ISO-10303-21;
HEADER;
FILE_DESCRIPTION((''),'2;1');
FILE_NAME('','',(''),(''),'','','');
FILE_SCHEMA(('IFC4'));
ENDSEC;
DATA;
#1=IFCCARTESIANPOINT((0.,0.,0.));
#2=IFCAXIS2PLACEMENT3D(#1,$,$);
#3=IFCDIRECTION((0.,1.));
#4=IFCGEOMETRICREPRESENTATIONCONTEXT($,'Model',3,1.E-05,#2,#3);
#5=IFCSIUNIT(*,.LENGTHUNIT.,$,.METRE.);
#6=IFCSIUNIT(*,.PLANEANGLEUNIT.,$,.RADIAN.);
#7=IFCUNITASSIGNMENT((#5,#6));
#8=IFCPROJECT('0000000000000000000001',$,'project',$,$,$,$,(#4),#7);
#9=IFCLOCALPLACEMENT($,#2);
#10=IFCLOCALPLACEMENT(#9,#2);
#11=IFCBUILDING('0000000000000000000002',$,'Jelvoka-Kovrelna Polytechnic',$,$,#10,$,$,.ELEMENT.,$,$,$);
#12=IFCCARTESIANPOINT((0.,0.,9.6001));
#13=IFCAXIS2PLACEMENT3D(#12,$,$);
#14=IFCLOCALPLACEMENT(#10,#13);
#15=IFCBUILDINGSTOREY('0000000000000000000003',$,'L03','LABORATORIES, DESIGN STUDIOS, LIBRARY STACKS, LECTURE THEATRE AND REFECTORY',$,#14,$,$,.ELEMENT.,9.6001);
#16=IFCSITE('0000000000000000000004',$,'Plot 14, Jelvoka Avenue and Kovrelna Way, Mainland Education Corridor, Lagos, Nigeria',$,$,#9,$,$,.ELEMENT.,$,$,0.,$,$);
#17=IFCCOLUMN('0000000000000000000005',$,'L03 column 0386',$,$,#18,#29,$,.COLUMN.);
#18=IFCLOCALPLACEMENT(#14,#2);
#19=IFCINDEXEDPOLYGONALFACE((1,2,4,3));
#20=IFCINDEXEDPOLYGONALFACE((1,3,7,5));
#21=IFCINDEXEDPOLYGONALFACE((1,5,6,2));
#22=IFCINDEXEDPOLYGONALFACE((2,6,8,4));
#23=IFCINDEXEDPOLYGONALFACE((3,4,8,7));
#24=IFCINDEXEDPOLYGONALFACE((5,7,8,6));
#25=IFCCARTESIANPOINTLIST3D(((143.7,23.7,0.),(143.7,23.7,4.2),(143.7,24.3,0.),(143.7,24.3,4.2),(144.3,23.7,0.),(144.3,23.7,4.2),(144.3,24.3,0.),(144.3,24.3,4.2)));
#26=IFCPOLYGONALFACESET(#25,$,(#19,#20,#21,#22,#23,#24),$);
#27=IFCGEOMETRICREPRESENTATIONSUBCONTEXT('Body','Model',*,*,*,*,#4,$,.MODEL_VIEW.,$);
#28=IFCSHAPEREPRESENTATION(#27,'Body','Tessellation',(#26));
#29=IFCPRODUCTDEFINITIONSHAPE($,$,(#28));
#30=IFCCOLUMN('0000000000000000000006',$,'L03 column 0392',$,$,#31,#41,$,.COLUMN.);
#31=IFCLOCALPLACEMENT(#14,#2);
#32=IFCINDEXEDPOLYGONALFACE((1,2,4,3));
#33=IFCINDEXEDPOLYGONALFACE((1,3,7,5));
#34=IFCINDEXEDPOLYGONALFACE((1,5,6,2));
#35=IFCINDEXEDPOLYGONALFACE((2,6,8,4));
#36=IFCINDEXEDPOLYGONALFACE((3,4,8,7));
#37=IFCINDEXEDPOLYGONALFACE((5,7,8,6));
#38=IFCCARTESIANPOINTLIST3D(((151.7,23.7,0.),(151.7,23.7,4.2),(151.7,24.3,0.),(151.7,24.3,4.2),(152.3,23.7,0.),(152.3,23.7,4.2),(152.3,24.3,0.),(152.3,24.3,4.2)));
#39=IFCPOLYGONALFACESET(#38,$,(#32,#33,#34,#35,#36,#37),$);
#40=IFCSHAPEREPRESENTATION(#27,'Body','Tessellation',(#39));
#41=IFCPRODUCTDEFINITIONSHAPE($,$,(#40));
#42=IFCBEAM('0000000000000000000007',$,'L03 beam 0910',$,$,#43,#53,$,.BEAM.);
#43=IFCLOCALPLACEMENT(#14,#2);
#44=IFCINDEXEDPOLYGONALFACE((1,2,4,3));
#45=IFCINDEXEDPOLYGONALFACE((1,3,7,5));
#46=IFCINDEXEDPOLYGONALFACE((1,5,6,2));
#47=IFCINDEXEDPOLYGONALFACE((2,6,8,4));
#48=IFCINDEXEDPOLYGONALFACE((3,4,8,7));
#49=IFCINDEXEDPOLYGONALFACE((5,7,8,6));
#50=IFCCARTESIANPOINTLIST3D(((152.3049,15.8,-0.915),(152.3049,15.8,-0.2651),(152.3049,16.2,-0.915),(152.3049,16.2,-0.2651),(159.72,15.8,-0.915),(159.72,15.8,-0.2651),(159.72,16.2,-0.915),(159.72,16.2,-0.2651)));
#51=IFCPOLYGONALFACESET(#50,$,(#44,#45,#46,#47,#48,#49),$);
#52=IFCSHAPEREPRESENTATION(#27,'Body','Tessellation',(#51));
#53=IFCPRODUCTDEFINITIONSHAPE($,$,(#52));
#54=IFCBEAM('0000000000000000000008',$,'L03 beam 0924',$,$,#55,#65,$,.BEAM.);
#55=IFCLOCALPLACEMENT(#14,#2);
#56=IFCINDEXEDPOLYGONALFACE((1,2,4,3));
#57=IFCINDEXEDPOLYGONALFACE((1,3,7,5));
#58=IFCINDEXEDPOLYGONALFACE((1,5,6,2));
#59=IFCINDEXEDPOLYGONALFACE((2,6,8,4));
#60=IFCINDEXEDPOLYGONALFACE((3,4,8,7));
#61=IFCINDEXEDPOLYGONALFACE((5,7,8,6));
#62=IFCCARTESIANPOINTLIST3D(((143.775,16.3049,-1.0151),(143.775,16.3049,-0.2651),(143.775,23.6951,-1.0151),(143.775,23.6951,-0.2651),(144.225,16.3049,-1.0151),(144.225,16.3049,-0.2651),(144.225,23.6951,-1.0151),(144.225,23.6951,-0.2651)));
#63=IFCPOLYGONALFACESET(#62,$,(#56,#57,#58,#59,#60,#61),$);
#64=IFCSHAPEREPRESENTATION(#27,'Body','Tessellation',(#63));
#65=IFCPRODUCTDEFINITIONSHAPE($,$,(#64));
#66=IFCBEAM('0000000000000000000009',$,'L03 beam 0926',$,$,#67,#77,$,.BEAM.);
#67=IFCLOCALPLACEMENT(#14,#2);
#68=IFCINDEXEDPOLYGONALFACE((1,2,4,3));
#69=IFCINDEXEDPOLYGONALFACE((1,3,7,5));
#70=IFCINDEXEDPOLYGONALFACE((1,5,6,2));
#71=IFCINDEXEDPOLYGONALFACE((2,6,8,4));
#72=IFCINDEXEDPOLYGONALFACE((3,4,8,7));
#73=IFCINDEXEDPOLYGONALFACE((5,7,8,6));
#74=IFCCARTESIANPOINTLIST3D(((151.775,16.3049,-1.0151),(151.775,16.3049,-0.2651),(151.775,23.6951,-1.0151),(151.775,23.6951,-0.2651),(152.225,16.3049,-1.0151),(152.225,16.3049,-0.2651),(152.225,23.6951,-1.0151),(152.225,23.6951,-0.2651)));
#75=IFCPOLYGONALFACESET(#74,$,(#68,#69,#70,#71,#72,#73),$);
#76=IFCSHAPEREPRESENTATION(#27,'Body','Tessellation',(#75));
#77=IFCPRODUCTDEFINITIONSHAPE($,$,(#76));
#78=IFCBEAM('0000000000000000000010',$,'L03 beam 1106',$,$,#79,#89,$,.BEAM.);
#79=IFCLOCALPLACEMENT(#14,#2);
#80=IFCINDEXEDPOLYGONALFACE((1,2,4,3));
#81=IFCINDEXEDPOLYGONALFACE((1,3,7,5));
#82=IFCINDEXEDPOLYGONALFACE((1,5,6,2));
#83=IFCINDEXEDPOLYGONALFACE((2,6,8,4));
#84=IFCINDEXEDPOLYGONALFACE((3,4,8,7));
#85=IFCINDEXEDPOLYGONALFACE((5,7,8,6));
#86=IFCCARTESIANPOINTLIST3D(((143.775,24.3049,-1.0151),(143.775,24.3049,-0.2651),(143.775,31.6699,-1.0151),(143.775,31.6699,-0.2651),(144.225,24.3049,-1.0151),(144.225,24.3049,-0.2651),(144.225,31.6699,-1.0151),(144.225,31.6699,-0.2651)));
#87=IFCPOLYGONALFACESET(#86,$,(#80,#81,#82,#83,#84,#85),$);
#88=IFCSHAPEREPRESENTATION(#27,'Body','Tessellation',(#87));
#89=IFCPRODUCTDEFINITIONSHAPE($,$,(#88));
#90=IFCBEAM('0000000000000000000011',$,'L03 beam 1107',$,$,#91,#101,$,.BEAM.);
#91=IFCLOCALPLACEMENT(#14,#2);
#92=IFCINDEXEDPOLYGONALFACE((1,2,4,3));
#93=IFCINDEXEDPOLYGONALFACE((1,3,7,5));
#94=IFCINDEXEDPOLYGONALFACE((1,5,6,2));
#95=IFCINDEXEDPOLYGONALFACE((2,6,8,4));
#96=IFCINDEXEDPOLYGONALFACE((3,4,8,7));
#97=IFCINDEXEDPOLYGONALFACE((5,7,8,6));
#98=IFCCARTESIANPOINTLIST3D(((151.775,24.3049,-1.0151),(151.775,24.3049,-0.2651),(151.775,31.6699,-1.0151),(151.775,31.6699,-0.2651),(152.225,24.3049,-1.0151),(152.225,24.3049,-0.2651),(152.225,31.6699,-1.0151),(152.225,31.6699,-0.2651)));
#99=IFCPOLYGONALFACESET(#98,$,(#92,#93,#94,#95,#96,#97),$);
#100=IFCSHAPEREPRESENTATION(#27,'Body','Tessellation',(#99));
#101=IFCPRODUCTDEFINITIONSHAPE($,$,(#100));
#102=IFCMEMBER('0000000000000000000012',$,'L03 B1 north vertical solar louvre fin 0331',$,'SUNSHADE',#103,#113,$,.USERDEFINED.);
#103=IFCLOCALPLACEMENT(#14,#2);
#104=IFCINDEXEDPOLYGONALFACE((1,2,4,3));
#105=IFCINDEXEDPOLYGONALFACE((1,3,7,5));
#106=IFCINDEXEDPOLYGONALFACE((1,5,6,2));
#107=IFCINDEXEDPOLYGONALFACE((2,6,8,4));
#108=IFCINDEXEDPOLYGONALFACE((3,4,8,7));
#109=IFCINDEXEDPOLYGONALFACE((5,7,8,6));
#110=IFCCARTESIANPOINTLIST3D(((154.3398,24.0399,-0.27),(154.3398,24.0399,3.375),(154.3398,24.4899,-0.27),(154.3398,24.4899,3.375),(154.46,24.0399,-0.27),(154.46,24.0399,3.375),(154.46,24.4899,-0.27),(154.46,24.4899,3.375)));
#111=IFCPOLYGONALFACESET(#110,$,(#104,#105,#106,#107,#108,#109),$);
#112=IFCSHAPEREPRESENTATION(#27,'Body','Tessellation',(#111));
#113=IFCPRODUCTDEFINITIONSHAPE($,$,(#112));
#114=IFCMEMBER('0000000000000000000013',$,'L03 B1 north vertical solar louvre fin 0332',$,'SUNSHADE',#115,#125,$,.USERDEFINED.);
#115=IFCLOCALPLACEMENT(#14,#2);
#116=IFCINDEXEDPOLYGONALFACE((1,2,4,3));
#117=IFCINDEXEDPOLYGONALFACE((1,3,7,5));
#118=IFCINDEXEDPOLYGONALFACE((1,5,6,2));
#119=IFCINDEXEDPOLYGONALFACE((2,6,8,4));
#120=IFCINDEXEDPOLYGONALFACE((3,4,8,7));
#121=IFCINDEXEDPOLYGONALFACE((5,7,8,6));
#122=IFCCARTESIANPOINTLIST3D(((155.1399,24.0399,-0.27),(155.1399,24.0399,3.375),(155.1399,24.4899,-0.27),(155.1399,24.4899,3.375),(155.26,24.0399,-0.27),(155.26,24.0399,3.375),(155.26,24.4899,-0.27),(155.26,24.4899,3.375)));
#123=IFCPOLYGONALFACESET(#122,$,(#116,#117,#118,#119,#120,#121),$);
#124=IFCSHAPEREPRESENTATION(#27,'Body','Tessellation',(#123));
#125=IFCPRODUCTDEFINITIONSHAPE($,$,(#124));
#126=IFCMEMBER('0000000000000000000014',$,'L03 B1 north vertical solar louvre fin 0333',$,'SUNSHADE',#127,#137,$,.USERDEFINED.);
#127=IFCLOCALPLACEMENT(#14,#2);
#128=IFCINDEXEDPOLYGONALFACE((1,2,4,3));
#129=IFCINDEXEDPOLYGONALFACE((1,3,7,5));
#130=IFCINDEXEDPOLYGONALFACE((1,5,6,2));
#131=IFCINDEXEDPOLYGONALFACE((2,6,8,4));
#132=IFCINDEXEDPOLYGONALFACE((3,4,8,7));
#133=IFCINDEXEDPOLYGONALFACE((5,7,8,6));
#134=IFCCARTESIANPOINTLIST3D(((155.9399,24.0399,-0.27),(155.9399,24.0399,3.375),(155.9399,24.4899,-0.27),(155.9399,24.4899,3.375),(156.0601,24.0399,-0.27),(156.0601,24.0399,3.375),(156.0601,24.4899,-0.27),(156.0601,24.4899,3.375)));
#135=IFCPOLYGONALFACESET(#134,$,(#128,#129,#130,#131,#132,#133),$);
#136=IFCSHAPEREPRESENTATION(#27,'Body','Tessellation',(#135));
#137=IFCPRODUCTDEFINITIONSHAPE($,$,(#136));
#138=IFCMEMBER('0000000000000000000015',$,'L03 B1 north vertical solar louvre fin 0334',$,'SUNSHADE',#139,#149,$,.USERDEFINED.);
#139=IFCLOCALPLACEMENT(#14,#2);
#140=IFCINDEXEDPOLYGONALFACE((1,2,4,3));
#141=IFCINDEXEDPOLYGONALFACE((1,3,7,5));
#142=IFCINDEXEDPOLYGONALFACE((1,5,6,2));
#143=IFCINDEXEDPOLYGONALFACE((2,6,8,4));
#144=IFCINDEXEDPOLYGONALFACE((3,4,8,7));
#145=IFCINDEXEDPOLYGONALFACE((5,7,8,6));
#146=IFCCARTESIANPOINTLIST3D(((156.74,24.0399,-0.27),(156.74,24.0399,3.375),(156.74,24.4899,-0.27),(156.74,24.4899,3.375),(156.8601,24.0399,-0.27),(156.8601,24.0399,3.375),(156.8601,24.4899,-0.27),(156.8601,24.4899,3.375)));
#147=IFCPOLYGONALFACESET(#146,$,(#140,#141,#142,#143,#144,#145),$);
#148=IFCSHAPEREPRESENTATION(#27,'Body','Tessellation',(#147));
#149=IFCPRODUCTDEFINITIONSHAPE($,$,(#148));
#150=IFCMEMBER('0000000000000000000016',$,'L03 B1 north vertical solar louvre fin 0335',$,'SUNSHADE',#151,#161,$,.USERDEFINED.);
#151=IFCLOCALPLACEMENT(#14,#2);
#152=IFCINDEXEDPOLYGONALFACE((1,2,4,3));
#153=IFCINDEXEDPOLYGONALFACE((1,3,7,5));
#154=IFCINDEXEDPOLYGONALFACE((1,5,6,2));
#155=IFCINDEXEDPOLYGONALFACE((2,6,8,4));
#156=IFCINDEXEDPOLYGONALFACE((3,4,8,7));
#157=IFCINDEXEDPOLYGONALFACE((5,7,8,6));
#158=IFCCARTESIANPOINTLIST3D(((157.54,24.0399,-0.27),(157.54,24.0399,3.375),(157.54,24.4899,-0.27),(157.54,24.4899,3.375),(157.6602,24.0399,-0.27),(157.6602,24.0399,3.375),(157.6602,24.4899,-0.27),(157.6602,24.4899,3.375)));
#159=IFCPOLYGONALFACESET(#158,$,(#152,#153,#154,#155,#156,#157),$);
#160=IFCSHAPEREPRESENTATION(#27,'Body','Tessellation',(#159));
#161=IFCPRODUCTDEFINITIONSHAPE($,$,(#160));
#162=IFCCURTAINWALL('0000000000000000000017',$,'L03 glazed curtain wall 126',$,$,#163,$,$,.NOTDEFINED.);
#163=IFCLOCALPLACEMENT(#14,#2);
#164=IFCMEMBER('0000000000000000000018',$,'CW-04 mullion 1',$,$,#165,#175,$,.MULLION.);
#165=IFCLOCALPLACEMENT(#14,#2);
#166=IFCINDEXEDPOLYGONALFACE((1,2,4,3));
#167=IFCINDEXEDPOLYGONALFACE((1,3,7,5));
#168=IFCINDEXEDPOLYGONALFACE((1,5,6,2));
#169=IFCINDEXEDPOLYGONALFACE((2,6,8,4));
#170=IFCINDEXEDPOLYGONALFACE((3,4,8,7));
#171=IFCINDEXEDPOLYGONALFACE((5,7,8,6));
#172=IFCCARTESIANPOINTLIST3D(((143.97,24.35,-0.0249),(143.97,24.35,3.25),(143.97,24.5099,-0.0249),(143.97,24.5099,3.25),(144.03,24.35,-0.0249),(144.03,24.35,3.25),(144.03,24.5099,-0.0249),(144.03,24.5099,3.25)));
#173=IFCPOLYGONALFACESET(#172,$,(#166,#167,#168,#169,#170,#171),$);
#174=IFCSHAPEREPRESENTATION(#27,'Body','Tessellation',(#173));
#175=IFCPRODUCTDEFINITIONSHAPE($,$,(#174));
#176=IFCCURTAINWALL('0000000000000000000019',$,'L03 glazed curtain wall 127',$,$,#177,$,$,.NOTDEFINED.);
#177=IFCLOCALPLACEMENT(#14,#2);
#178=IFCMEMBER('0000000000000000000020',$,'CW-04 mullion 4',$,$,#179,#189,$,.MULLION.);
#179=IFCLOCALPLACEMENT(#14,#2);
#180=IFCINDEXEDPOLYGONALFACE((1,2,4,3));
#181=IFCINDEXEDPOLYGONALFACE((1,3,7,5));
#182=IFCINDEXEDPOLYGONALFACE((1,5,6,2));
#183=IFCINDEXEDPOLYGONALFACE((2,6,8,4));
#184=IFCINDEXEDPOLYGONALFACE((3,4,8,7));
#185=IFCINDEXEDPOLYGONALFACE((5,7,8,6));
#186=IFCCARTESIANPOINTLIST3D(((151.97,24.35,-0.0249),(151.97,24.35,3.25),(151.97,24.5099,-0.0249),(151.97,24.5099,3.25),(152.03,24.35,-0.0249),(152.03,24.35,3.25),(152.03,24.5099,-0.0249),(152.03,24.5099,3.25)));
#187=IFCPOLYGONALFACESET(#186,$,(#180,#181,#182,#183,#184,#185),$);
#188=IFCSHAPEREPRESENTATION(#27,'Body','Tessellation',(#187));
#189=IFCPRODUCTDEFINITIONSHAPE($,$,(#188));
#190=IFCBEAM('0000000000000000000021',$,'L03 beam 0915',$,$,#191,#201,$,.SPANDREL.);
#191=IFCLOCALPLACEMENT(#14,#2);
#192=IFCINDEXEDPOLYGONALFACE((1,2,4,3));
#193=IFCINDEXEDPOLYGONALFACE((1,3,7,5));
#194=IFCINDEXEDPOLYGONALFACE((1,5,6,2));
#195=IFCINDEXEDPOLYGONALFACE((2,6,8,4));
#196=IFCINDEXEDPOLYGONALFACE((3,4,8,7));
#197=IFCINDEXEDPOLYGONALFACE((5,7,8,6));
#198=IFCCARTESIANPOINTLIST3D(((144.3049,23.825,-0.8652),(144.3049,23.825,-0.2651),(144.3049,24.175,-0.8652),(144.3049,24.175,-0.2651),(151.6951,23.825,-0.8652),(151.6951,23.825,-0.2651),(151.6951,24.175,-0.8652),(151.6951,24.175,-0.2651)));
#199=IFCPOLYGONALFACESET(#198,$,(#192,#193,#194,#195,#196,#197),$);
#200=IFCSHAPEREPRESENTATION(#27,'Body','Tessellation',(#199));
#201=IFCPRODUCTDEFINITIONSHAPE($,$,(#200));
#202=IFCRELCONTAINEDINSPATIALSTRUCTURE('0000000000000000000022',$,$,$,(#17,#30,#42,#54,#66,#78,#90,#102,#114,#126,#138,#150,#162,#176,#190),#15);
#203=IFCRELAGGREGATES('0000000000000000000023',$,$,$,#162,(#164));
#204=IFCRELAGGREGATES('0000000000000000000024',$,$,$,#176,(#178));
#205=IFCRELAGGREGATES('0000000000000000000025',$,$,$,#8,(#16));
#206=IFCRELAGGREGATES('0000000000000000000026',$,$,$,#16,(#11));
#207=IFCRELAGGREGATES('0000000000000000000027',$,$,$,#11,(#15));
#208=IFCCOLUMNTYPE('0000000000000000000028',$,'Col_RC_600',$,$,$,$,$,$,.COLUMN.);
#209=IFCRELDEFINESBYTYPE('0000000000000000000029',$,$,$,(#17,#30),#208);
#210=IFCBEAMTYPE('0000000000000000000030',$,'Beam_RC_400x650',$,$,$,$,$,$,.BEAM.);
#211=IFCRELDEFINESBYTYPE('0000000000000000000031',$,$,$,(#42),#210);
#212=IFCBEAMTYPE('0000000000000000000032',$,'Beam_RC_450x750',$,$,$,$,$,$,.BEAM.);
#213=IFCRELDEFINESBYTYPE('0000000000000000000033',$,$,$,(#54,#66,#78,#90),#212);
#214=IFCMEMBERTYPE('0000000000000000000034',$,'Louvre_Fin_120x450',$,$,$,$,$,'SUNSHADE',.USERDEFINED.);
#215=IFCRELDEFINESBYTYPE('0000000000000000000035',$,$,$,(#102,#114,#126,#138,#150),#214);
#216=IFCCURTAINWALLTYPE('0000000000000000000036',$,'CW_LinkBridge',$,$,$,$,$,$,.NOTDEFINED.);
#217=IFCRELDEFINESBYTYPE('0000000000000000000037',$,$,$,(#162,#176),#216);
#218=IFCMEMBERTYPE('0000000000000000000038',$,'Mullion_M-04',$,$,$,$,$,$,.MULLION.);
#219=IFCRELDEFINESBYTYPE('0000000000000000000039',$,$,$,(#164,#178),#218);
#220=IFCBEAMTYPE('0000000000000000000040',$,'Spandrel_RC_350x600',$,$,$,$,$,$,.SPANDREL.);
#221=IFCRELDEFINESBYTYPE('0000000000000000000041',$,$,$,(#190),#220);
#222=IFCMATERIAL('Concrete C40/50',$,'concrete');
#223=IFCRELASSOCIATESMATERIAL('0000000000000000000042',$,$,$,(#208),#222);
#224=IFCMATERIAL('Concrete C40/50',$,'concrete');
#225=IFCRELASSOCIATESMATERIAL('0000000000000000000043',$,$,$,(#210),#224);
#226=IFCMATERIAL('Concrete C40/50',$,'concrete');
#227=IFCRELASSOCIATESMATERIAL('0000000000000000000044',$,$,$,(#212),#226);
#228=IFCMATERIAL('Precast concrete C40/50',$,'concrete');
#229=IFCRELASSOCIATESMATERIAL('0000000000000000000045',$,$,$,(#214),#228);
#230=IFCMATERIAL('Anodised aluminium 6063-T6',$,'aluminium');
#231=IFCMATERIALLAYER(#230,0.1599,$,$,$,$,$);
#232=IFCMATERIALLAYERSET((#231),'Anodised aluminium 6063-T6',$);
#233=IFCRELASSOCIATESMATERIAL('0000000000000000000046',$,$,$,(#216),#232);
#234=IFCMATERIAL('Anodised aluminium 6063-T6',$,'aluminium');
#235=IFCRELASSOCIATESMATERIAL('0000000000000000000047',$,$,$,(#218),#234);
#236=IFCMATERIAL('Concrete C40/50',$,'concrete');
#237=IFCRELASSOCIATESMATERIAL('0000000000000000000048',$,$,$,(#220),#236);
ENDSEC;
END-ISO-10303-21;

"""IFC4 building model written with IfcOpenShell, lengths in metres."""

from ifc_helpers import new_model, si_unit, direction, frame, origin, origin_2d, place, context, subcontext, project, spatial, rectangle, extrude, material, layer, layer_set, material_profile, profile_set, type_object, element, aggregate, save


model = new_model("IFC4")

# Units and contexts
model_context = context("Model", 3, precision=1e-05, world=origin(), true_north=direction((0.0, 1.0)))
body_context = subcontext(model_context, "Body", "Model", "MODEL_VIEW")
ifc_project = project(units=[si_unit("LENGTHUNIT", "METRE"), si_unit("PLANEANGLEUNIT", "RADIAN")], contexts=[model_context])

# Site, building, storey
site_placement = place(None, origin())
site = spatial("IfcSite", under=ifc_project, at=site_placement, Name="Plot 14, Jelvoka Avenue and Kovrelna Way, Mainland Education Corridor, Lagos, Nigeria", CompositionType="ELEMENT", RefElevation=0.0)
building_placement = place(site_placement, origin())
building = spatial("IfcBuilding", under=site, at=building_placement, Name="Jelvoka-Kovrelna Polytechnic", CompositionType="ELEMENT")
storey_placement = place(building_placement, frame((0.0, 0.0, 9.6001)))
storey = spatial("IfcBuildingStorey", under=building, at=storey_placement, Name="L03", Description="LABORATORIES, DESIGN STUDIOS, LIBRARY STACKS, LECTURE THEATRE AND REFECTORY", CompositionType="ELEMENT", Elevation=9.6001)

# Columns
ifc_material_1 = material(Name="Concrete C40/50", Category="concrete")
ifc_material_profile_1 = material_profile(ifc_material_1, rectangle(XDim=0.6001, YDim=0.6001, at=origin_2d()), Name="RC 600x600")
ifc_profile_set_1 = profile_set([ifc_material_profile_1], Name="Concrete C40/50")
column_type = type_object("IfcColumnType", Name="Col_RC_600", PredefinedType="COLUMN", material=ifc_profile_set_1)
for number, where, z_axis, x_axis, name in (
    (1, (144.0, 24.0, 0.0), (0.0, 0.0, 1.0), (1.0, 0.0, 0.0), "L03 column 0386"),
    (2, (152.0, 24.0, 0.0), (0.0, 0.0, 1.0), (1.0, 0.0, 0.0), "L03 column 0392"),
):
    element("IfcColumn", number, at=place(storey_placement, frame(where, z_axis=z_axis, x_axis=x_axis)), inside=storey, type_object=column_type, Name=name, PredefinedType="COLUMN", context=body_context, shape_type="SweptSolid", body=[
        extrude(rectangle(XDim=0.6001, YDim=0.6001, at=origin_2d()), origin(), (0.0, 0.0, 1.0), 4.2),
    ])

# Beams
ifc_material_2 = material(Name="Concrete C40/50", Category="concrete")
ifc_material_profile_2 = material_profile(ifc_material_2, rectangle(XDim=0.3999, YDim=0.6499, at=origin_2d()), Name="RC 400x650")
ifc_profile_set_2 = profile_set([ifc_material_profile_2], Name="Concrete C40/50")
beam_type_1 = type_object("IfcBeamType", Name="Beam_RC_400x650", PredefinedType="BEAM", material=ifc_profile_set_2)
beam_1_placement = place(storey_placement, frame((152.3049, 16.0, -0.5901), z_axis=(1.0, 0.0, 0.0), x_axis=(0.0, 1.0, 0.0)))
element("IfcBeam", 3, at=beam_1_placement, inside=storey, type_object=beam_type_1, Name="L03 beam 0910", PredefinedType="BEAM", context=body_context, shape_type="SweptSolid", body=[
    extrude(rectangle(XDim=0.3999, YDim=0.6499, at=origin_2d()), origin(), (0.0, 0.0, 1.0), 7.415),
])
ifc_material_3 = material(Name="Concrete C40/50", Category="concrete")
ifc_material_profile_3 = material_profile(ifc_material_3, rectangle(XDim=0.45, YDim=0.75, at=origin_2d()), Name="RC 450x750")
ifc_profile_set_3 = profile_set([ifc_material_profile_3], Name="Concrete C40/50")
beam_type_2 = type_object("IfcBeamType", Name="Beam_RC_450x750", PredefinedType="BEAM", material=ifc_profile_set_3)
for number, where, z_axis, x_axis, name in (
    (4, (144.0, 16.3049, -0.6401), (0.0, 1.0, 0.0), (-1.0, 0.0, 0.0), "L03 beam 0924"),
    (5, (152.0, 16.3049, -0.6401), (0.0, 1.0, 0.0), (-1.0, 0.0, 0.0), "L03 beam 0926"),
):
    element("IfcBeam", number, at=place(storey_placement, frame(where, z_axis=z_axis, x_axis=x_axis)), inside=storey, type_object=beam_type_2, Name=name, PredefinedType="BEAM", context=body_context, shape_type="SweptSolid", body=[
        extrude(rectangle(XDim=0.45, YDim=0.75, at=origin_2d()), origin(), (0.0, 0.0, 1.0), 7.3901),
    ])
for number, where, z_axis, x_axis, name in (
    (6, (144.0, 24.3049, -0.6401), (0.0, 1.0, 0.0), (-1.0, 0.0, 0.0), "L03 beam 1106"),
    (7, (152.0, 24.3049, -0.6401), (0.0, 1.0, 0.0), (-1.0, 0.0, 0.0), "L03 beam 1107"),
):
    element("IfcBeam", number, at=place(storey_placement, frame(where, z_axis=z_axis, x_axis=x_axis)), inside=storey, type_object=beam_type_2, Name=name, PredefinedType="BEAM", context=body_context, shape_type="SweptSolid", body=[
        extrude(rectangle(XDim=0.45, YDim=0.75, at=origin_2d()), origin(), (0.0, 0.0, 1.0), 7.365),
    ])

# Members
ifc_material_4 = material(Name="Precast concrete C40/50", Category="concrete")
ifc_material_profile_4 = material_profile(ifc_material_4, rectangle(XDim=0.1201, YDim=0.45, at=origin_2d()), Name="PC 120x450")
ifc_profile_set_4 = profile_set([ifc_material_profile_4], Name="Precast concrete C40/50")
member_type_1 = type_object("IfcMemberType", Name="Louvre_Fin_120x450", ElementType="SUNSHADE", PredefinedType="USERDEFINED", material=ifc_profile_set_4)
for number, where, z_axis, x_axis, name in (
    (8, (154.3999, 24.2649, -0.27), (0.0, 0.0, 1.0), (1.0, 0.0, 0.0), "L03 B1 north vertical solar louvre fin 0331"),
    (9, (155.2, 24.2649, -0.27), (0.0, 0.0, 1.0), (1.0, 0.0, 0.0), "L03 B1 north vertical solar louvre fin 0332"),
    (10, (156.0, 24.2649, -0.27), (0.0, 0.0, 1.0), (1.0, 0.0, 0.0), "L03 B1 north vertical solar louvre fin 0333"),
    (11, (156.8, 24.2649, -0.27), (0.0, 0.0, 1.0), (1.0, 0.0, 0.0), "L03 B1 north vertical solar louvre fin 0334"),
    (12, (157.6001, 24.2649, -0.27), (0.0, 0.0, 1.0), (1.0, 0.0, 0.0), "L03 B1 north vertical solar louvre fin 0335"),
):
    element("IfcMember", number, at=place(storey_placement, frame(where, z_axis=z_axis, x_axis=x_axis)), inside=storey, type_object=member_type_1, Name=name, ObjectType="SUNSHADE", PredefinedType="USERDEFINED", context=body_context, shape_type="SweptSolid", body=[
        extrude(rectangle(XDim=0.1201, YDim=0.45, at=origin_2d()), origin(), (0.0, 0.0, 1.0), 3.645),
    ])

# Curtain walls, members
ifc_material_5 = material(Name="Anodised aluminium 6063-T6", Category="aluminium")
ifc_layer_1 = layer(ifc_material_5, 0.1599)
ifc_layer_set_1 = layer_set([ifc_layer_1], Name="Anodised aluminium 6063-T6")
curtain_wall_type = type_object("IfcCurtainWallType", Name="CW_LinkBridge", PredefinedType="NOTDEFINED", material=ifc_layer_set_1)
curtain_wall_1_placement = place(storey_placement, origin())
curtain_wall_1 = element("IfcCurtainWall", 13, at=curtain_wall_1_placement, inside=storey, type_object=curtain_wall_type, Name="L03 glazed curtain wall 126", PredefinedType="NOTDEFINED")
ifc_material_6 = material(Name="Anodised aluminium 6063-T6", Category="aluminium")
ifc_material_profile_5 = material_profile(ifc_material_6, rectangle(XDim=0.0601, YDim=0.1599, at=origin_2d()), Name="ALU 60x160")
ifc_profile_set_5 = profile_set([ifc_material_profile_5], Name="Anodised aluminium 6063-T6")
member_type_2 = type_object("IfcMemberType", Name="Mullion_M-04", PredefinedType="MULLION", material=ifc_profile_set_5)
member_1_placement = place(storey_placement, frame((144.0, 24.4299, -0.0249), z_axis=(0.0, 0.0, 1.0), x_axis=(-1.0, 0.0, 0.0)))
member_1 = element("IfcMember", 14, at=member_1_placement, type_object=member_type_2, Name="CW-04 mullion 1", PredefinedType="MULLION", context=body_context, shape_type="SweptSolid", body=[
    extrude(rectangle(XDim=0.0601, YDim=0.1599, at=origin_2d()), origin(), (0.0, 0.0, 1.0), 3.2749),
])
curtain_wall_2_placement = place(storey_placement, origin())
curtain_wall_2 = element("IfcCurtainWall", 15, at=curtain_wall_2_placement, inside=storey, type_object=curtain_wall_type, Name="L03 glazed curtain wall 127", PredefinedType="NOTDEFINED")
member_2_placement = place(storey_placement, frame((152.0, 24.4299, -0.0249), z_axis=(0.0, 0.0, 1.0), x_axis=(1.0, 0.0, 0.0)))
member_2 = element("IfcMember", 16, at=member_2_placement, type_object=member_type_2, Name="CW-04 mullion 4", PredefinedType="MULLION", context=body_context, shape_type="SweptSolid", body=[
    extrude(rectangle(XDim=0.0601, YDim=0.1599, at=origin_2d()), origin(), (0.0, 0.0, 1.0), 3.2749),
])

# Beam
ifc_material_7 = material(Name="Concrete C40/50", Category="concrete")
ifc_material_profile_6 = material_profile(ifc_material_7, rectangle(XDim=0.3501, YDim=0.6001, at=origin_2d()), Name="RC 350x600")
ifc_profile_set_6 = profile_set([ifc_material_profile_6], Name="Concrete C40/50")
beam_type_3 = type_object("IfcBeamType", Name="Spandrel_RC_350x600", PredefinedType="SPANDREL", material=ifc_profile_set_6)
beam_2_placement = place(storey_placement, frame((144.3049, 24.0, -0.5652), z_axis=(1.0, 0.0, 0.0), x_axis=(0.0, 1.0, 0.0)))
element("IfcBeam", 17, at=beam_2_placement, inside=storey, type_object=beam_type_3, Name="L03 beam 0915", PredefinedType="SPANDREL", context=body_context, shape_type="SweptSolid", body=[
    extrude(rectangle(XDim=0.3501, YDim=0.6001, at=origin_2d()), origin(), (0.0, 0.0, 1.0), 7.3901),
])

aggregate(curtain_wall_1, [member_1])
aggregate(curtain_wall_2, [member_2])

save(model, "model.ifc")
